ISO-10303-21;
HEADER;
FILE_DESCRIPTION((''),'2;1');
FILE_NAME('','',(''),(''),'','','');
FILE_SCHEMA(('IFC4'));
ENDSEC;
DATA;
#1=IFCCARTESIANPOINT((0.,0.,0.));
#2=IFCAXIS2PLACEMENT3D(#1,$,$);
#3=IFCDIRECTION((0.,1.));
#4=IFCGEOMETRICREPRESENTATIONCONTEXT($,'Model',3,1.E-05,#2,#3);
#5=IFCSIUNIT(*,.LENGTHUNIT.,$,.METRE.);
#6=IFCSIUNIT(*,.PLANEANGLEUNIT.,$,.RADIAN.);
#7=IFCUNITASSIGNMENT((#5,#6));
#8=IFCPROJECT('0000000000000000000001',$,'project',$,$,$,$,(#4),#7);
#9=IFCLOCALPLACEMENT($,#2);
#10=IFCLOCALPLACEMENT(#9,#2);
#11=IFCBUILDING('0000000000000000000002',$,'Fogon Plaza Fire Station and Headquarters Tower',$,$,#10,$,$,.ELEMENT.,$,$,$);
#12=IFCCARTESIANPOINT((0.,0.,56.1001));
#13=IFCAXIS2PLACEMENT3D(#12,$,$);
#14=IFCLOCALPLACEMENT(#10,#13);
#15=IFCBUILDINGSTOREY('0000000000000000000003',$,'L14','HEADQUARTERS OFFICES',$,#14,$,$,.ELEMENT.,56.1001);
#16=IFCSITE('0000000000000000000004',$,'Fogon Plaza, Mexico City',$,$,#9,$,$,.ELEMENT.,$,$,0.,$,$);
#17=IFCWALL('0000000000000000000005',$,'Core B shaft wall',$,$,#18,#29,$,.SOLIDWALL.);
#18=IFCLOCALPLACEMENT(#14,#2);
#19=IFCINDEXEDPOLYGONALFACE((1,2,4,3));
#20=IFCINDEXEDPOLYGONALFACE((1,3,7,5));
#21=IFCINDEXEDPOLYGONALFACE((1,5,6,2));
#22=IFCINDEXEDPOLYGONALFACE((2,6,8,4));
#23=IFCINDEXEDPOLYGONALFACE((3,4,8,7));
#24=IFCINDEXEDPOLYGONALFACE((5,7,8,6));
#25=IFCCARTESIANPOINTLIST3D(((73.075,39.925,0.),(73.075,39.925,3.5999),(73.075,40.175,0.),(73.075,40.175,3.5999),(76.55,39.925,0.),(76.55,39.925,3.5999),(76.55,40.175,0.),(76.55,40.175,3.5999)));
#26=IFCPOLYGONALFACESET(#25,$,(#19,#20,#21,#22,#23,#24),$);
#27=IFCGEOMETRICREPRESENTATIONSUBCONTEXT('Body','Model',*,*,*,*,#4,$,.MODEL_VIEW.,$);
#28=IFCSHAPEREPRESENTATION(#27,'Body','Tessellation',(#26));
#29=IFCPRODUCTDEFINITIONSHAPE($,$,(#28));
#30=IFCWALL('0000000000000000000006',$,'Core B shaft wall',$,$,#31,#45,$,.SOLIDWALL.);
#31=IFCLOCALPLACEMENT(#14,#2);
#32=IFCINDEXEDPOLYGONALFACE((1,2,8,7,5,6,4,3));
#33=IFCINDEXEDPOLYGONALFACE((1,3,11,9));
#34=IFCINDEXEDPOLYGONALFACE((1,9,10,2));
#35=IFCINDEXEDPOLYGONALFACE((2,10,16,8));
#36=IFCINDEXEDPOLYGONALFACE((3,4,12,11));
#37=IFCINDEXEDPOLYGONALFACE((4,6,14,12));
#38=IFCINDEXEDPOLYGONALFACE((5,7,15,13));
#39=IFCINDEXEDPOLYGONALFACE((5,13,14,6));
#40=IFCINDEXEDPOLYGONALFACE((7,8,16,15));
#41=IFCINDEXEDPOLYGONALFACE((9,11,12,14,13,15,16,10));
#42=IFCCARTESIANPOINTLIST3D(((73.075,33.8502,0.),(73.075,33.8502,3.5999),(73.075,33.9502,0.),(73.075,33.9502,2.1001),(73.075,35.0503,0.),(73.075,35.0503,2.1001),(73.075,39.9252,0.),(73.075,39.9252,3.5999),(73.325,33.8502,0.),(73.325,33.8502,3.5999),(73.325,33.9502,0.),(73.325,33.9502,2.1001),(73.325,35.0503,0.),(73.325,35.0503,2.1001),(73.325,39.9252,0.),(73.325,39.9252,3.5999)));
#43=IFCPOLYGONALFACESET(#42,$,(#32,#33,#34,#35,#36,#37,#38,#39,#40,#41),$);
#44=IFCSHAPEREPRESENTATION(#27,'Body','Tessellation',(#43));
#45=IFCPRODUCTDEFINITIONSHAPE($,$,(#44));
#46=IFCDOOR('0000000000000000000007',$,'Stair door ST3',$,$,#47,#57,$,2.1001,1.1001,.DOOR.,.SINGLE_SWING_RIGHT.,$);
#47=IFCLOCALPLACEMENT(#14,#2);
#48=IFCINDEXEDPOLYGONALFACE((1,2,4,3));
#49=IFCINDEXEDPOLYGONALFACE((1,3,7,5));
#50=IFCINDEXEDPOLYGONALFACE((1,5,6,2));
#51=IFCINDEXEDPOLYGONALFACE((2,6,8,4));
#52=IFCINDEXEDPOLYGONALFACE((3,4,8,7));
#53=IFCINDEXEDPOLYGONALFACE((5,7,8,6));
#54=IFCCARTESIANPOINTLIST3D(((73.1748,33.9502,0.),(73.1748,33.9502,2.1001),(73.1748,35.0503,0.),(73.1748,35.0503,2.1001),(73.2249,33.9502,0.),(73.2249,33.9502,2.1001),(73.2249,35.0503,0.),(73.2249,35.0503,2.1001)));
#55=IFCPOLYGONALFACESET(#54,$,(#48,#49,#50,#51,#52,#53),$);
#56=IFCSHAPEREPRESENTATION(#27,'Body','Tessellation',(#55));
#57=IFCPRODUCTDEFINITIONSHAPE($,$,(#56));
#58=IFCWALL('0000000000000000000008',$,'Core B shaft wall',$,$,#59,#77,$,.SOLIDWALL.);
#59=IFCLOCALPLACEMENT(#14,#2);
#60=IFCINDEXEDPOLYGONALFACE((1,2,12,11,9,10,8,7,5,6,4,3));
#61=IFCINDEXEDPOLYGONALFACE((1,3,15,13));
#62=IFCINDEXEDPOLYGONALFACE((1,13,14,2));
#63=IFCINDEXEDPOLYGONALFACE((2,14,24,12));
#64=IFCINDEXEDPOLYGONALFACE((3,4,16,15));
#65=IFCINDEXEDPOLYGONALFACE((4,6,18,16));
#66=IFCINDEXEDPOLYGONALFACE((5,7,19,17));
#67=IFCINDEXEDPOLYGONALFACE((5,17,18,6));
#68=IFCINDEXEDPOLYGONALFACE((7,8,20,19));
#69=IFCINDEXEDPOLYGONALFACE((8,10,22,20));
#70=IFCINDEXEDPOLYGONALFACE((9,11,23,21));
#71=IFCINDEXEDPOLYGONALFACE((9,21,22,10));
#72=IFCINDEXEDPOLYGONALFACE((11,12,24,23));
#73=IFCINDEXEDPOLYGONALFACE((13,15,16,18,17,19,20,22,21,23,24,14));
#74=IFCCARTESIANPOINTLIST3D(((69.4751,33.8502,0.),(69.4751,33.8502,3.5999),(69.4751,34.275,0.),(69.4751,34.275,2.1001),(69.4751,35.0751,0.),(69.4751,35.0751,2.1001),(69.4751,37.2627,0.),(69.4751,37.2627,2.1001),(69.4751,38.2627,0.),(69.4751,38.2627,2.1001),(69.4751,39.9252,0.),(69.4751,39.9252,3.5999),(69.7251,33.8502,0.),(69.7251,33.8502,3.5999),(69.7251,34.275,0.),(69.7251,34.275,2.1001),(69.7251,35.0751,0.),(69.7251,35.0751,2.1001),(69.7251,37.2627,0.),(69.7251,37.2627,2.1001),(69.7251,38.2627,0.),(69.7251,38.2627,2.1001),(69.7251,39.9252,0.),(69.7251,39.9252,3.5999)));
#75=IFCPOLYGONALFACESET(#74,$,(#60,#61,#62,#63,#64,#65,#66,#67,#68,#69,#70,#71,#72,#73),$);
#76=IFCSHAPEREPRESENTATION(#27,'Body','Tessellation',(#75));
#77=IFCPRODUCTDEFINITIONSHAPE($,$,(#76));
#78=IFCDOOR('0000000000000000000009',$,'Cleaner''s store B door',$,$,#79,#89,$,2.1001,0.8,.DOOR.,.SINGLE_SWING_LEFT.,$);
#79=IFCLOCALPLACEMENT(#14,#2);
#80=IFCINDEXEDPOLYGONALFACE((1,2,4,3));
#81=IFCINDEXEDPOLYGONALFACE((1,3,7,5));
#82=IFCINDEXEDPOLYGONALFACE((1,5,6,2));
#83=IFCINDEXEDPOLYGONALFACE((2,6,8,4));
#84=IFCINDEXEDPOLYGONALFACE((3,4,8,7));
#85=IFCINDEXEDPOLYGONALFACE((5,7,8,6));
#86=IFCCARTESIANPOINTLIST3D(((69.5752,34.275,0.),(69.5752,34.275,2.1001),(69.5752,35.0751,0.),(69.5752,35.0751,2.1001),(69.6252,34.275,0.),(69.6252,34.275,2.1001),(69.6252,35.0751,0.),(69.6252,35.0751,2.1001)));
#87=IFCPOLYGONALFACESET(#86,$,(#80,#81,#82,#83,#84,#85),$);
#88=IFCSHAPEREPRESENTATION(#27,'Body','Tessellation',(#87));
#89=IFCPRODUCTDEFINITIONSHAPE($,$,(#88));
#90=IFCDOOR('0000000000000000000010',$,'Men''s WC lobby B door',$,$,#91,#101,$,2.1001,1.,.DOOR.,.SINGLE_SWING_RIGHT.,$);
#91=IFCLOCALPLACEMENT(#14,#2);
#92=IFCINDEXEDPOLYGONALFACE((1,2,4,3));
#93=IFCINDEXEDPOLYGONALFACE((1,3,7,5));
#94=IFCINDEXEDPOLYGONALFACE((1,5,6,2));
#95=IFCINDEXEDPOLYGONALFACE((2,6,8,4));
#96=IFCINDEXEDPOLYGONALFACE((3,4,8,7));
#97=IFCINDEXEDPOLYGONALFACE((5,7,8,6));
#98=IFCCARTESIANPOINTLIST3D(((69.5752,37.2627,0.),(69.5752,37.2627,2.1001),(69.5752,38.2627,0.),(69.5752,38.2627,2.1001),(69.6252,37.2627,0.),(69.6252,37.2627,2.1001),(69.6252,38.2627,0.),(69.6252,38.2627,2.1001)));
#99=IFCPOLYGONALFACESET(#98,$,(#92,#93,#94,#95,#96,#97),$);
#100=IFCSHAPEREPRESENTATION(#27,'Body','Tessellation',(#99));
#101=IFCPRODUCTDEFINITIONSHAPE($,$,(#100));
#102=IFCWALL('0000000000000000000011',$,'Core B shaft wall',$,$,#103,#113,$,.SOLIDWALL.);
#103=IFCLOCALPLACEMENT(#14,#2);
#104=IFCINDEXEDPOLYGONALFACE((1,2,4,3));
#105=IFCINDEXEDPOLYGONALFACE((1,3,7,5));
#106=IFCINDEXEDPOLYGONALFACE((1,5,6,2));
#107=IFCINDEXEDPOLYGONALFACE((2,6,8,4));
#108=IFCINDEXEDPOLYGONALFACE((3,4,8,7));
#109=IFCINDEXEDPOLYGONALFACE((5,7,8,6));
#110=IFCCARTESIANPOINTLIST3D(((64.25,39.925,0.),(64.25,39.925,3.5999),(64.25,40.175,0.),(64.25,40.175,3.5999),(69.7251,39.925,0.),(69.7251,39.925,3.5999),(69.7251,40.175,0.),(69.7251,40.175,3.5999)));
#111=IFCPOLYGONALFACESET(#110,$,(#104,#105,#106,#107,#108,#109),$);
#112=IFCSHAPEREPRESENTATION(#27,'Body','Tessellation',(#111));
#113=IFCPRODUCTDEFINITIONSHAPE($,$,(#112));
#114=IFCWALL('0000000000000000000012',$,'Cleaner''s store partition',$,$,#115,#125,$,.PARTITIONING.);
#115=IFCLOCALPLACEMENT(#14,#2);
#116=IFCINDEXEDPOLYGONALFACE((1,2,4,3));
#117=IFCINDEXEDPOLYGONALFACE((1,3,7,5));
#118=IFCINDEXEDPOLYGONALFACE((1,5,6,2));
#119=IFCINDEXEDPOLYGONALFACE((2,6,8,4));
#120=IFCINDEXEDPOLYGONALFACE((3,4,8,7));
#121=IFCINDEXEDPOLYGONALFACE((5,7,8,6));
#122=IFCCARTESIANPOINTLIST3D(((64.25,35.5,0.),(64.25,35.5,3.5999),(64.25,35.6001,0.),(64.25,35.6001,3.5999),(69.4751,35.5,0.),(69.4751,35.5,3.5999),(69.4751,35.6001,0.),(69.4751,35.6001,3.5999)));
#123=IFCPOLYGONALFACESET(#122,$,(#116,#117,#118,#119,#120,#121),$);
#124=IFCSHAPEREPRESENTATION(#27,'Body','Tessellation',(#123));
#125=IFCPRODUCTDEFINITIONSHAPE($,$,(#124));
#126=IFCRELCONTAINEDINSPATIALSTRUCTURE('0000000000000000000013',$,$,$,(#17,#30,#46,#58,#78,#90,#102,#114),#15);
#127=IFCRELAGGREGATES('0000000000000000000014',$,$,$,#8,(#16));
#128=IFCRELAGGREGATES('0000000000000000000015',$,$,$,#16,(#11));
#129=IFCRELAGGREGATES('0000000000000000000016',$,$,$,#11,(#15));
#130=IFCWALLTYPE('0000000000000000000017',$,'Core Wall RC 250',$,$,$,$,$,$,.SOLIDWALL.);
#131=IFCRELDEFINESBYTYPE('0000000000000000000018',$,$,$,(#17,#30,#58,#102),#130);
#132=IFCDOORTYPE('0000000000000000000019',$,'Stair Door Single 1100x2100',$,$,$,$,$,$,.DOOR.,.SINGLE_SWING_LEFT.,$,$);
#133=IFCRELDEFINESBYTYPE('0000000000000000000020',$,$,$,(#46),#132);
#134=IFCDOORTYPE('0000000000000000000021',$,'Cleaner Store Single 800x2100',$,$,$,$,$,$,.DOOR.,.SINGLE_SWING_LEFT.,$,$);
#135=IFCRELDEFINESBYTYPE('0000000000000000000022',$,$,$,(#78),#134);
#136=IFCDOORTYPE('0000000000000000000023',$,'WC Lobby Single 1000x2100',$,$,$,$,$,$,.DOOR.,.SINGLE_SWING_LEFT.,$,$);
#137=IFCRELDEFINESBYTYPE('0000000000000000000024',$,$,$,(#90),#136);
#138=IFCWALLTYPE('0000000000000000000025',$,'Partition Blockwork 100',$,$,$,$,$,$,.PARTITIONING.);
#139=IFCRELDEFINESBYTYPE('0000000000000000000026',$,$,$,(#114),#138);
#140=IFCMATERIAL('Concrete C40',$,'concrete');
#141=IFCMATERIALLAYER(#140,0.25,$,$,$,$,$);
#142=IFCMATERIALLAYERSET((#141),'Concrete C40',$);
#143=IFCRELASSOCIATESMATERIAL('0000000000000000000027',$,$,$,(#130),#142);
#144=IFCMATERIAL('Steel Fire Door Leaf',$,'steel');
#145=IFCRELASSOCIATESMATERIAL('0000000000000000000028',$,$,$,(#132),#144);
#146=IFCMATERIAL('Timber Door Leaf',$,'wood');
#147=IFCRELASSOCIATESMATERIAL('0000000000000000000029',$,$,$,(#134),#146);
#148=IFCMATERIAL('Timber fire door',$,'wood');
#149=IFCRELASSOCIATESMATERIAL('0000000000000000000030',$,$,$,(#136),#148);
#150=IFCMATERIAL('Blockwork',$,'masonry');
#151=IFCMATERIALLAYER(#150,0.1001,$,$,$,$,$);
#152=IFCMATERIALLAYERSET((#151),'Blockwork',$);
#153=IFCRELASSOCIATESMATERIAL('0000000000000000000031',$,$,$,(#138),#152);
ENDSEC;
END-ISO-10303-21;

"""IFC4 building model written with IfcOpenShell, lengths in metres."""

from ifc_helpers import new_model, si_unit, direction, frame, frame_2d, origin, place, context, subcontext, project, spatial, rectangle, extrude, material, layer, layer_set, type_object, element, fill, save


model = new_model("IFC4")

# Units and contexts
model_context = context("Model", 3, precision=1e-05, world=origin(), true_north=direction((0.0, 1.0)))
body_context = subcontext(model_context, "Body", "Model", "MODEL_VIEW")
ifc_project = project(units=[si_unit("LENGTHUNIT", "METRE"), si_unit("PLANEANGLEUNIT", "RADIAN")], contexts=[model_context])

# Site, building, storey
site_placement = place(None, origin())
site = spatial("IfcSite", under=ifc_project, at=site_placement, Name="Fogon Plaza, Mexico City", CompositionType="ELEMENT", RefElevation=0.0)
building_placement = place(site_placement, origin())
building = spatial("IfcBuilding", under=site, at=building_placement, Name="Fogon Plaza Fire Station and Headquarters Tower", CompositionType="ELEMENT")
storey_placement = place(building_placement, frame((0.0, 0.0, 56.1001)))
storey = spatial("IfcBuildingStorey", under=building, at=storey_placement, Name="L14", Description="HEADQUARTERS OFFICES", CompositionType="ELEMENT", Elevation=56.1001)

# Wall
ifc_material_1 = material(Name="Concrete C40", Category="concrete")
ifc_layer_1 = layer(ifc_material_1, 0.25)
ifc_layer_set_1 = layer_set([ifc_layer_1], Name="Concrete C40")
wall_type_1 = type_object("IfcWallType", Name="Core Wall RC 250", PredefinedType="SOLIDWALL", material=ifc_layer_set_1)
wall_1_placement = place(storey_placement, frame((76.55, 40.05, 0.0), z_axis=(0.0, 0.0, 1.0), x_axis=(-1.0, 0.0, 0.0)))
element("IfcWall", 1, at=wall_1_placement, inside=storey, type_object=wall_type_1, Name="Core B shaft wall", PredefinedType="SOLIDWALL", context=body_context, shape_type="SweptSolid", body=[
    extrude(rectangle(XDim=3.4751, YDim=0.25, at=frame_2d((1.7375, 0.0))), origin(), (0.0, 0.0, 1.0), 3.5999),
])

# Wall, opening, door
wall_2_placement = place(storey_placement, frame((73.2, 33.8501, 0.0), z_axis=(0.0, 0.0, 1.0), x_axis=(0.0, 1.0, 0.0)))
wall_2 = element("IfcWall", 2, at=wall_2_placement, inside=storey, type_object=wall_type_1, Name="Core B shaft wall", PredefinedType="SOLIDWALL", context=body_context, shape_type="SweptSolid", body=[
    extrude(rectangle(XDim=6.075, YDim=0.25, at=frame_2d((3.0376, 0.0))), origin(), (0.0, 0.0, 1.0), 3.5999),
])
opening_1_placement = place(wall_2_placement, frame((0.1001, 0.0, 0.0)))
opening_1 = element("IfcOpeningElement", 3, at=opening_1_placement, cuts=wall_2, PredefinedType="OPENING", context=body_context, shape_type="SweptSolid", body=[
    extrude(rectangle(XDim=1.1001, YDim=2.1001, at=frame_2d((0.55, 1.05))), frame((0.0, 0.135, 0.0), z_axis=(0.0, -1.0, 0.0), x_axis=(1.0, 0.0, 0.0)), (0.0, 0.0, 1.0), 0.27),
])
ifc_material_2 = material(Name="Steel Fire Door Leaf", Category="steel")
door_type_1 = type_object("IfcDoorType", Name="Stair Door Single 1100x2100", OperationType="SINGLE_SWING_LEFT", PredefinedType="DOOR", material=ifc_material_2)
door_1_placement = place(opening_1_placement, frame((1.1001, 0.0, 0.0), z_axis=(0.0, 0.0, 1.0), x_axis=(-1.0, 0.0, 0.0)))
door_1 = element("IfcDoor", 4, at=door_1_placement, inside=storey, type_object=door_type_1, Name="Stair door ST3", OperationType="SINGLE_SWING_RIGHT", OverallHeight=2.1001, OverallWidth=1.1001, PredefinedType="DOOR", context=body_context, shape_type="SweptSolid", body=[
    extrude(rectangle(XDim=1.1001, YDim=2.1001, at=frame_2d((0.55, 1.05))), frame((0.0, 0.0249, 0.0), z_axis=(0.0, -1.0, 0.0), x_axis=(1.0, 0.0, 0.0)), (0.0, 0.0, 1.0), 0.05),
])
fill(opening_1, door_1)

# Wall, openings, doors
wall_3_placement = place(storey_placement, frame((69.6001, 33.8501, 0.0), z_axis=(0.0, 0.0, 1.0), x_axis=(0.0, 1.0, 0.0)))
wall_3 = element("IfcWall", 5, at=wall_3_placement, inside=storey, type_object=wall_type_1, Name="Core B shaft wall", PredefinedType="SOLIDWALL", context=body_context, shape_type="SweptSolid", body=[
    extrude(rectangle(XDim=6.075, YDim=0.25, at=frame_2d((3.0376, 0.0))), origin(), (0.0, 0.0, 1.0), 3.5999),
])
opening_2_placement = place(wall_3_placement, frame((0.425, 0.0, 0.0)))
opening_2 = element("IfcOpeningElement", 6, at=opening_2_placement, cuts=wall_3, PredefinedType="OPENING", context=body_context, shape_type="SweptSolid", body=[
    extrude(rectangle(XDim=0.8, YDim=2.1001, at=frame_2d((0.3999, 1.05))), frame((0.0, 0.135, 0.0), z_axis=(0.0, -1.0, 0.0), x_axis=(1.0, 0.0, 0.0)), (0.0, 0.0, 1.0), 0.27),
])
opening_3_placement = place(wall_3_placement, frame((3.4126, 0.0, 0.0)))
opening_3 = element("IfcOpeningElement", 7, at=opening_3_placement, cuts=wall_3, PredefinedType="OPENING", context=body_context, shape_type="SweptSolid", body=[
    extrude(rectangle(XDim=1.0, YDim=2.1001, at=frame_2d((0.5, 1.05))), frame((0.0, 0.135, 0.0), z_axis=(0.0, -1.0, 0.0), x_axis=(1.0, 0.0, 0.0)), (0.0, 0.0, 1.0), 0.27),
])
ifc_material_3 = material(Name="Timber Door Leaf", Category="wood")
door_type_2 = type_object("IfcDoorType", Name="Cleaner Store Single 800x2100", OperationType="SINGLE_SWING_LEFT", PredefinedType="DOOR", material=ifc_material_3)
door_2_placement = place(opening_2_placement, origin())
door_2 = element("IfcDoor", 8, at=door_2_placement, inside=storey, type_object=door_type_2, Name="Cleaner's store B door", OperationType="SINGLE_SWING_LEFT", OverallHeight=2.1001, OverallWidth=0.8, PredefinedType="DOOR", context=body_context, shape_type="SweptSolid", body=[
    extrude(rectangle(XDim=0.8, YDim=2.1001, at=frame_2d((0.3999, 1.05))), frame((0.0, 0.0249, 0.0), z_axis=(0.0, -1.0, 0.0), x_axis=(1.0, 0.0, 0.0)), (0.0, 0.0, 1.0), 0.05),
])
fill(opening_2, door_2)
ifc_material_4 = material(Name="Timber fire door", Category="wood")
door_type_3 = type_object("IfcDoorType", Name="WC Lobby Single 1000x2100", OperationType="SINGLE_SWING_LEFT", PredefinedType="DOOR", material=ifc_material_4)
door_3_placement = place(opening_3_placement, origin())
door_3 = element("IfcDoor", 9, at=door_3_placement, inside=storey, type_object=door_type_3, Name="Men's WC lobby B door", OperationType="SINGLE_SWING_RIGHT", OverallHeight=2.1001, OverallWidth=1.0, PredefinedType="DOOR", context=body_context, shape_type="SweptSolid", body=[
    extrude(rectangle(XDim=1.0, YDim=2.1001, at=frame_2d((0.5, 1.05))), frame((0.0, 0.0249, 0.0), z_axis=(0.0, -1.0, 0.0), x_axis=(1.0, 0.0, 0.0)), (0.0, 0.0, 1.0), 0.05),
])
fill(opening_3, door_3)

# Walls
wall_4_placement = place(storey_placement, frame((69.7251, 40.05, 0.0), z_axis=(0.0, 0.0, 1.0), x_axis=(-1.0, 0.0, 0.0)))
element("IfcWall", 10, at=wall_4_placement, inside=storey, type_object=wall_type_1, Name="Core B shaft wall", PredefinedType="SOLIDWALL", context=body_context, shape_type="SweptSolid", body=[
    extrude(rectangle(XDim=5.4751, YDim=0.25, at=frame_2d((2.7375, 0.0))), origin(), (0.0, 0.0, 1.0), 3.5999),
])
ifc_material_5 = material(Name="Blockwork", Category="masonry")
ifc_layer_2 = layer(ifc_material_5, 0.1001)
ifc_layer_set_2 = layer_set([ifc_layer_2], Name="Blockwork")
wall_type_2 = type_object("IfcWallType", Name="Partition Blockwork 100", PredefinedType="PARTITIONING", material=ifc_layer_set_2)
wall_5_placement = place(storey_placement, frame((69.4751, 35.55, 0.0), z_axis=(0.0, 0.0, 1.0), x_axis=(-1.0, 0.0, 0.0)))
element("IfcWall", 11, at=wall_5_placement, inside=storey, type_object=wall_type_2, Name="Cleaner's store partition", PredefinedType="PARTITIONING", context=body_context, shape_type="SweptSolid", body=[
    extrude(rectangle(XDim=5.2251, YDim=0.1001, at=frame_2d((2.6125, 0.0))), origin(), (0.0, 0.0, 1.0), 3.5999),
])

save(model, "model.ifc")
